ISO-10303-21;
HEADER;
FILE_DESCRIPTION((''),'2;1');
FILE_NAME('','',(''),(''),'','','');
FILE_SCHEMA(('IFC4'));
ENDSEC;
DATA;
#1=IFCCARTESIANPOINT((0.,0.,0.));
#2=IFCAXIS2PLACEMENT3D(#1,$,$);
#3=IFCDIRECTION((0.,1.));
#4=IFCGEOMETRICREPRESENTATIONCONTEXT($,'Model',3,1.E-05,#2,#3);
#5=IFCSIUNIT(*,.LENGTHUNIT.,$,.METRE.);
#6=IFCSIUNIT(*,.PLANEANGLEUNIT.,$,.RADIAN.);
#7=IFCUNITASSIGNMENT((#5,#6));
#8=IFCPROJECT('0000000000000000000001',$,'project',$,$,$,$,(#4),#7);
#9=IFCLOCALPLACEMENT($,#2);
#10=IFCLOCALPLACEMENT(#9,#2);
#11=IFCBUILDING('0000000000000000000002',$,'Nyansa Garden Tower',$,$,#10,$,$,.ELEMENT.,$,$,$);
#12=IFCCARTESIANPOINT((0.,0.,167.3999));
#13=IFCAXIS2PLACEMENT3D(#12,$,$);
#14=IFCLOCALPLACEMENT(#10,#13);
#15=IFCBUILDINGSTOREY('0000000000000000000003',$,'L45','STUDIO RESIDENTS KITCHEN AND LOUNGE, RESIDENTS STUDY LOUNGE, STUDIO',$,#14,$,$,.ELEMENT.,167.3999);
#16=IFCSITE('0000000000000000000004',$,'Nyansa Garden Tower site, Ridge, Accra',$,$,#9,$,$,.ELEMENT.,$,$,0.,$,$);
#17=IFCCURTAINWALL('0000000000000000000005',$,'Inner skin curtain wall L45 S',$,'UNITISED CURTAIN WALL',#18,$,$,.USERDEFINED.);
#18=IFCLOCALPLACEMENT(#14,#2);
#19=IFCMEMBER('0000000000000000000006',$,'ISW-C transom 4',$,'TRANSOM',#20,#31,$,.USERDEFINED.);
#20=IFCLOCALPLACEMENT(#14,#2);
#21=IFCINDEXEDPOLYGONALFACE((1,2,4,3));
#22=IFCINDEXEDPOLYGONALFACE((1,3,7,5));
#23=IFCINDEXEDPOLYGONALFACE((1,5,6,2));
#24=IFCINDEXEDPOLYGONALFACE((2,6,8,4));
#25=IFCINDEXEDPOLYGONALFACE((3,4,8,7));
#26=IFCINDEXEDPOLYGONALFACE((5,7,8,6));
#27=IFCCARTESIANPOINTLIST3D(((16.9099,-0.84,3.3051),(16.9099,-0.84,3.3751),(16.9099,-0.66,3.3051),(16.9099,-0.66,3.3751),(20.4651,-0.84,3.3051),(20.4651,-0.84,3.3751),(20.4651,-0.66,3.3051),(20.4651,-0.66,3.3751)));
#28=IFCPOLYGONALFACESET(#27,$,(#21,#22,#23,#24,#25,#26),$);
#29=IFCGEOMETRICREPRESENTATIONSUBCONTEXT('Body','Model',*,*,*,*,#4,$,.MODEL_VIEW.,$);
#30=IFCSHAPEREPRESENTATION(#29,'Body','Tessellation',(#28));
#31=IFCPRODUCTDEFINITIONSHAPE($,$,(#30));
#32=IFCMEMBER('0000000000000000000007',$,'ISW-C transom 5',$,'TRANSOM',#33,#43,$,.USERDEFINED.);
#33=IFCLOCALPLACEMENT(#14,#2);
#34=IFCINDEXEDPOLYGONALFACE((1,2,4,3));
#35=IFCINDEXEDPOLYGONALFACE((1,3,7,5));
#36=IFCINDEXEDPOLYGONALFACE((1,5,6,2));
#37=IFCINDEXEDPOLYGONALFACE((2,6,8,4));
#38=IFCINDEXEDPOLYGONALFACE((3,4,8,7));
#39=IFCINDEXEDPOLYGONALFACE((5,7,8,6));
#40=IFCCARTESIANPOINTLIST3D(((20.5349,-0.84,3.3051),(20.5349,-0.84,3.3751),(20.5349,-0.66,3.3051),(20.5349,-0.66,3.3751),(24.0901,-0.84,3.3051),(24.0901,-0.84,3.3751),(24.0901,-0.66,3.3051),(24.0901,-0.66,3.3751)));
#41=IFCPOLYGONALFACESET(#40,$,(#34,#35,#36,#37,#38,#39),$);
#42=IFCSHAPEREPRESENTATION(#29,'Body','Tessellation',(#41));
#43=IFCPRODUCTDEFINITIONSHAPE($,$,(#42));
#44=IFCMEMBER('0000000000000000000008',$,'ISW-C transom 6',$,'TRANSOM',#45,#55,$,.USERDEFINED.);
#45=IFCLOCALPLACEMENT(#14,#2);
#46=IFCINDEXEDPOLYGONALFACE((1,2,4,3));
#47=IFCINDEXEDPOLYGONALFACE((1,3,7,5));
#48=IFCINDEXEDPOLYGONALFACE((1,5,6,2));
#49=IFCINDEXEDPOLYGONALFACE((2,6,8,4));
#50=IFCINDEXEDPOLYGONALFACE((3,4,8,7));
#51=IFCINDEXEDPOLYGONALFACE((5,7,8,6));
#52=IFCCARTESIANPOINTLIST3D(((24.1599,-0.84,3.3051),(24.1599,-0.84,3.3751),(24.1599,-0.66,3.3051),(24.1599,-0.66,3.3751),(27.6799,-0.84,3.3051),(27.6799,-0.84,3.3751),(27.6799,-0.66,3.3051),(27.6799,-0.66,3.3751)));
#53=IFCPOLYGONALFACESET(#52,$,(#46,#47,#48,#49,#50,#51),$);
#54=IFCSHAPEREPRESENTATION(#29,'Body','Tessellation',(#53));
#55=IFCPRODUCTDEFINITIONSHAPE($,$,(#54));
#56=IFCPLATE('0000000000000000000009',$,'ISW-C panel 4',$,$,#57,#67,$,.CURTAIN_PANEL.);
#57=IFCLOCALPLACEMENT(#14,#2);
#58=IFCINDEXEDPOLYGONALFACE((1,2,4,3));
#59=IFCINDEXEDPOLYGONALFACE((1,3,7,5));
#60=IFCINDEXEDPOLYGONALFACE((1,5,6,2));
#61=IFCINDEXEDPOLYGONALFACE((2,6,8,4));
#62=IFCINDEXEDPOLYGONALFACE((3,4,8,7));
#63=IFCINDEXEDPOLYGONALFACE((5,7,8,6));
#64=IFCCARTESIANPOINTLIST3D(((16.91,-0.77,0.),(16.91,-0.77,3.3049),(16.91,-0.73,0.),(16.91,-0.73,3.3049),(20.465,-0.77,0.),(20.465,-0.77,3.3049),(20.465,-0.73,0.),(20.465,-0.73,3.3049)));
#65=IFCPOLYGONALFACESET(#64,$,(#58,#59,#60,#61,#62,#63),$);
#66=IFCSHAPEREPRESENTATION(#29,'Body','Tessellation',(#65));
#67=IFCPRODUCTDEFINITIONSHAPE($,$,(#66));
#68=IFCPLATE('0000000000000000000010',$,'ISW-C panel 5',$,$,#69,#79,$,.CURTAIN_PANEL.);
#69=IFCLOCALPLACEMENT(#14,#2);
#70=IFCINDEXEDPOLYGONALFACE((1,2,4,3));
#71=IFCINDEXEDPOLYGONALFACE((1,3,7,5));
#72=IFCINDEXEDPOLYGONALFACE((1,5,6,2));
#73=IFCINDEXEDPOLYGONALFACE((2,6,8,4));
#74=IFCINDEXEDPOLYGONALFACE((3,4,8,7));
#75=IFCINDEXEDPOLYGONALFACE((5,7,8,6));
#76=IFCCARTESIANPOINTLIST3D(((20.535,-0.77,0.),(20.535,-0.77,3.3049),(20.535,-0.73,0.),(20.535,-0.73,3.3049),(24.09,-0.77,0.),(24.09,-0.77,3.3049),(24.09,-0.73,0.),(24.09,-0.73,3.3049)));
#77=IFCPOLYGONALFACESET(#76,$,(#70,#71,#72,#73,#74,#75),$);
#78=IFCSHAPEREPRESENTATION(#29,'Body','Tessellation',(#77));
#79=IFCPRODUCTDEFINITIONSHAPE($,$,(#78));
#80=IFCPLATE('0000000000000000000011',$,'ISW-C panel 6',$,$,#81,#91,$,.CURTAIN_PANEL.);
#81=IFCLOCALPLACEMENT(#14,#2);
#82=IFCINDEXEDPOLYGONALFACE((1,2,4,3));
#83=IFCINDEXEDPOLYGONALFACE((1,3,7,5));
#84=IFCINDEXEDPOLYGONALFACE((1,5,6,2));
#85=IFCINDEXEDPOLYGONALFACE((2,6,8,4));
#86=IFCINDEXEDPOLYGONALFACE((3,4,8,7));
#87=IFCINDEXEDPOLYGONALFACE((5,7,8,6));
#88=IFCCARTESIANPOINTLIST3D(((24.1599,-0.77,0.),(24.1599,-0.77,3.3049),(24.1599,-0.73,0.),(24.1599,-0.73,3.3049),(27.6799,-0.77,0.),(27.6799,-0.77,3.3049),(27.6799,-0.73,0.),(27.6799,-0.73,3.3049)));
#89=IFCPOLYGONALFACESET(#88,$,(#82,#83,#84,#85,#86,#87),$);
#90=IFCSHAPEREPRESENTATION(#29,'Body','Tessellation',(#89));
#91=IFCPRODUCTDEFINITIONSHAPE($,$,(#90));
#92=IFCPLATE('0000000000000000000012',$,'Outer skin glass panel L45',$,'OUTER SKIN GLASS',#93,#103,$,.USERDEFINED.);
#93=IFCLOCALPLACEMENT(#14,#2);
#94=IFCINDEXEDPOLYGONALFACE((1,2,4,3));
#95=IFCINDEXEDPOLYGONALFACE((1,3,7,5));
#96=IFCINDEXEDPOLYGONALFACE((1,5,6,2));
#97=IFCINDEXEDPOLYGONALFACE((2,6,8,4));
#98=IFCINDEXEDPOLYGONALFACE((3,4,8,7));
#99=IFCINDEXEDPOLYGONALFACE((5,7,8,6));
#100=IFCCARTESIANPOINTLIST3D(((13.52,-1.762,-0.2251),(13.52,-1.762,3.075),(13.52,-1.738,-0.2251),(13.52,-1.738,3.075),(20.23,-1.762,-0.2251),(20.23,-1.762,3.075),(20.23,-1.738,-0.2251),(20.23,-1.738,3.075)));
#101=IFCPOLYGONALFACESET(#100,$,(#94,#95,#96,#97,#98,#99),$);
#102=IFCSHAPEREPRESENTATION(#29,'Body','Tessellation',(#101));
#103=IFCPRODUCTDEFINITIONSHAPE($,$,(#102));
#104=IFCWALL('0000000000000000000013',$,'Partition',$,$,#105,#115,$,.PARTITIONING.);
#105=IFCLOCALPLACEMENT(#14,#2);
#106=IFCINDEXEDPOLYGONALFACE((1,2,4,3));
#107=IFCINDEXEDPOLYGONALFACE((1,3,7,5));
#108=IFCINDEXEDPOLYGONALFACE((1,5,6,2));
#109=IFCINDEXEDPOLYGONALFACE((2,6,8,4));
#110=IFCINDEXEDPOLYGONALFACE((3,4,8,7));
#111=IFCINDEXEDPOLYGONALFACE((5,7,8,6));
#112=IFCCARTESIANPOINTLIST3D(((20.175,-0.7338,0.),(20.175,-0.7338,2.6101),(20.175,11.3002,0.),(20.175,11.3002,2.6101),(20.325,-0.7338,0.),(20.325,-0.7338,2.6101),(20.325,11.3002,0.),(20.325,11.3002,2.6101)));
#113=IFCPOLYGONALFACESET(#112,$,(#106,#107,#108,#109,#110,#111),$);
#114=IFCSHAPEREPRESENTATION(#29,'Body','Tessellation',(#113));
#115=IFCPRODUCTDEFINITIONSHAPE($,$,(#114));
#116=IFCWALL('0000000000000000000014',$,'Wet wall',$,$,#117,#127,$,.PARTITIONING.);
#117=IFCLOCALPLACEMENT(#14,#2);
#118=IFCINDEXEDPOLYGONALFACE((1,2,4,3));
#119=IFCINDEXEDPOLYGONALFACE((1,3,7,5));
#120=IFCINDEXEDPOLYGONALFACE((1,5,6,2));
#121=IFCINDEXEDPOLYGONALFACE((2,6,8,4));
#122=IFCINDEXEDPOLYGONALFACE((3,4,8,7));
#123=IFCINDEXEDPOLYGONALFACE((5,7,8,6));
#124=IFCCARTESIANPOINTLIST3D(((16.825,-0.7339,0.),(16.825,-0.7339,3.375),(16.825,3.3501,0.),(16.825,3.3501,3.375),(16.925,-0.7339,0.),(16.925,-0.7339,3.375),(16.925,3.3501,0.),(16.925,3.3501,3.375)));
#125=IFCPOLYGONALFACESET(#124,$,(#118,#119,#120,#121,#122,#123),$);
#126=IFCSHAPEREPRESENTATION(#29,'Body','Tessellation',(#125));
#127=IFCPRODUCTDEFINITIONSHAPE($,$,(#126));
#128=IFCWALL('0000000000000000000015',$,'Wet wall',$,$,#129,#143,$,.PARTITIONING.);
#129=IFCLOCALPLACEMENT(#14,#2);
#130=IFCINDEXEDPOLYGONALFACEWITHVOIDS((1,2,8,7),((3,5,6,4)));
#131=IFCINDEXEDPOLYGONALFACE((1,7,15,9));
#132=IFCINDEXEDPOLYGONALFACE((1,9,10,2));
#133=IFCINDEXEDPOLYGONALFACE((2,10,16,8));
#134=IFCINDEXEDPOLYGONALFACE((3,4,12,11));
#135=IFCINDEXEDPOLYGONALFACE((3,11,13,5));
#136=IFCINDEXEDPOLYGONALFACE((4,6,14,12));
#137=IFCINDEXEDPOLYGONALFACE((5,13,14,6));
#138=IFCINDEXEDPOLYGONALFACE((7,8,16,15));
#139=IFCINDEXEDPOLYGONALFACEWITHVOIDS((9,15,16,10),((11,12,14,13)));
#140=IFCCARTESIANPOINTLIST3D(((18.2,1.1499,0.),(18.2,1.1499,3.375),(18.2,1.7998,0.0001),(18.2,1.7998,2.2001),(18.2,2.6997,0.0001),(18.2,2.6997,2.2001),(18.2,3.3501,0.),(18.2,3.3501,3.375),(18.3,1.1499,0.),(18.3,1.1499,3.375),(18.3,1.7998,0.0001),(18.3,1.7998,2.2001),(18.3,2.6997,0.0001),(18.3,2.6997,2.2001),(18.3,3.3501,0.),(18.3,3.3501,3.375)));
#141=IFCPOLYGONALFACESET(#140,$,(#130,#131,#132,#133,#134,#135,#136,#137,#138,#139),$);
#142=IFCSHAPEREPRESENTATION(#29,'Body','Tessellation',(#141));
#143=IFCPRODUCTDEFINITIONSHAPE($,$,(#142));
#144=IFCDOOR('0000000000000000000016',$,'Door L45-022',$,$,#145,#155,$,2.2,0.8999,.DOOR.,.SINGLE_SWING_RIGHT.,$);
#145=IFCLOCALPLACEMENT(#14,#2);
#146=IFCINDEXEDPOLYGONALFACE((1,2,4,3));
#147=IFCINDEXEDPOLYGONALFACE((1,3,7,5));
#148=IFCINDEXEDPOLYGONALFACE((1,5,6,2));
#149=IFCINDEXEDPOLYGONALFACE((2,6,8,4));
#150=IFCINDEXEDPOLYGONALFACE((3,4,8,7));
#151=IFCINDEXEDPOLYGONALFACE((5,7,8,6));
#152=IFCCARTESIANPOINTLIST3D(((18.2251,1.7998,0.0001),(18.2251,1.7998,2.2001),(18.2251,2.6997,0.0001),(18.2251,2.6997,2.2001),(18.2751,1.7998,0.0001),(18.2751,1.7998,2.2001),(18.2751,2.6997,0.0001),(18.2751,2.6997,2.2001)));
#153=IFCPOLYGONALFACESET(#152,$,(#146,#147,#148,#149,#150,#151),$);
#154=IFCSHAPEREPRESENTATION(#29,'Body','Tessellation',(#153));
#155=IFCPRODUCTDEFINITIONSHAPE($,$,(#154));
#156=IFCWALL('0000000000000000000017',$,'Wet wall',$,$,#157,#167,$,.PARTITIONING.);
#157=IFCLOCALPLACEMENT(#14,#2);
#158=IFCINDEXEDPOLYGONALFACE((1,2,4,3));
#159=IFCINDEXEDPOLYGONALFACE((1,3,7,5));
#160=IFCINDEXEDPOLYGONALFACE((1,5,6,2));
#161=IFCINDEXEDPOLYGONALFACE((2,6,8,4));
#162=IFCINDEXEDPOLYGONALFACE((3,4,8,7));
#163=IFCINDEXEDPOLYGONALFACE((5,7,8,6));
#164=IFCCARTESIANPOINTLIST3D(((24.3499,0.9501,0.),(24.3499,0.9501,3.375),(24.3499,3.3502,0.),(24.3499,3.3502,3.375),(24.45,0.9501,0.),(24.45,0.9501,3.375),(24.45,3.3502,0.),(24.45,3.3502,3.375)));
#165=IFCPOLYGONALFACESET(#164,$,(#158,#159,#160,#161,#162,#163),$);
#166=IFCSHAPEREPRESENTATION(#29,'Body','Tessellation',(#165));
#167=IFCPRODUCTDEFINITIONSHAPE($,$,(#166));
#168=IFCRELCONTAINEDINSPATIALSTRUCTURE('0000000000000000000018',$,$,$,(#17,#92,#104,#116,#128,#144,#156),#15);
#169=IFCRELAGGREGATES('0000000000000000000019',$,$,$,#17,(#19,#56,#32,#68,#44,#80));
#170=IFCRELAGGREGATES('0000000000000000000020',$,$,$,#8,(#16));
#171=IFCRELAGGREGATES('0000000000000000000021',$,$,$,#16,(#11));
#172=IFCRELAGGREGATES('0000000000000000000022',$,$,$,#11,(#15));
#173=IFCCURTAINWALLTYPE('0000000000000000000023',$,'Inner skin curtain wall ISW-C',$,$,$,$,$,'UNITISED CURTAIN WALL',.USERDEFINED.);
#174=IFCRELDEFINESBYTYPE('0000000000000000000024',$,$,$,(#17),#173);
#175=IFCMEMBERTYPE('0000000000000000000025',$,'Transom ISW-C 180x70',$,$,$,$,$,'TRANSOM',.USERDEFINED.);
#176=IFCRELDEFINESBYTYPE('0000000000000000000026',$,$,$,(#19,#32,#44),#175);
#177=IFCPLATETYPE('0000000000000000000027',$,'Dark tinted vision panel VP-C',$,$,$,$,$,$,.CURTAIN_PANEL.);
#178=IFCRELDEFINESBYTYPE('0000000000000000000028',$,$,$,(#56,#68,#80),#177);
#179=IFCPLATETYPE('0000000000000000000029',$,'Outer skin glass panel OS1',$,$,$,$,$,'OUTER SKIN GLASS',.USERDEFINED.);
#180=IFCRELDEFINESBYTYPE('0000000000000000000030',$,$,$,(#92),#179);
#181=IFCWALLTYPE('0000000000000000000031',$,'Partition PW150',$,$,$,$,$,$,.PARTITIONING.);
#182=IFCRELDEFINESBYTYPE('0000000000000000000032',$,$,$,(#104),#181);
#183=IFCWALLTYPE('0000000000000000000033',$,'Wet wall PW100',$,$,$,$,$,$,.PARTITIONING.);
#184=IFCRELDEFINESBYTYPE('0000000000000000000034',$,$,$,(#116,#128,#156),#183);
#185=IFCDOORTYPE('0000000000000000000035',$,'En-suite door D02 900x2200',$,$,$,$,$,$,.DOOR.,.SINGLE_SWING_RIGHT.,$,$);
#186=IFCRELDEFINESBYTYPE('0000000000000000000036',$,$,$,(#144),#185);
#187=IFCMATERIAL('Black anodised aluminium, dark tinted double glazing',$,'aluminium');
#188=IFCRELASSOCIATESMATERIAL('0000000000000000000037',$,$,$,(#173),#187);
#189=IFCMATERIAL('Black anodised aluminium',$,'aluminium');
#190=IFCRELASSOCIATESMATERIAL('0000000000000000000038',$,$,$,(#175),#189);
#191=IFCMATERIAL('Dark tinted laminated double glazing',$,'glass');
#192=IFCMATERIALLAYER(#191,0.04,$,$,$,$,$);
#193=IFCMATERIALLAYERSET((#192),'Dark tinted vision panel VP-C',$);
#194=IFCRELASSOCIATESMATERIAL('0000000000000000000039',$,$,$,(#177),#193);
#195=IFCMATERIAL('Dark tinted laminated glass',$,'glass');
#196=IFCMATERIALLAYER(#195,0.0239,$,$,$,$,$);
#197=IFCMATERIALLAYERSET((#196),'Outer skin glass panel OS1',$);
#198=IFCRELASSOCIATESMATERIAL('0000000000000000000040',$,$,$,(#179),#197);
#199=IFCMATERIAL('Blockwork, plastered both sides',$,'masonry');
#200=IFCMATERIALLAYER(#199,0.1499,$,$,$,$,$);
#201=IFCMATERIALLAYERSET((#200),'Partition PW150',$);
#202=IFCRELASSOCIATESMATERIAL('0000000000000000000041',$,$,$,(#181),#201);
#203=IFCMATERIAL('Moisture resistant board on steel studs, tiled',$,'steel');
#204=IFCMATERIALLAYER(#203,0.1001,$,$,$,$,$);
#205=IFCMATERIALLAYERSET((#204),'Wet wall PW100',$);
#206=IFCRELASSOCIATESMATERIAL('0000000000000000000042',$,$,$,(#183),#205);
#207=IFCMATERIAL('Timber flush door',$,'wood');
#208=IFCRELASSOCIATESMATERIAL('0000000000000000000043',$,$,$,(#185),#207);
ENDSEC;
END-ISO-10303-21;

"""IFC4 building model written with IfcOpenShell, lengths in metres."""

from ifc_helpers import new_model, si_unit, direction, frame, frame_2d, origin, origin_2d, place, context, subcontext, project, spatial, rectangle, extrude, material, layer, layer_set, material_profile, profile_set, type_object, element, fill, aggregate, save


model = new_model("IFC4")

# Units and contexts
model_context = context("Model", 3, precision=1e-05, world=origin(), true_north=direction((0.0, 1.0)))
body_context = subcontext(model_context, "Body", "Model", "MODEL_VIEW")
ifc_project = project(units=[si_unit("LENGTHUNIT", "METRE"), si_unit("PLANEANGLEUNIT", "RADIAN")], contexts=[model_context])

# Site, building, storey
site_placement = place(None, origin())
site = spatial("IfcSite", under=ifc_project, at=site_placement, Name="Nyansa Garden Tower site, Ridge, Accra", CompositionType="ELEMENT", RefElevation=0.0)
building_placement = place(site_placement, origin())
building = spatial("IfcBuilding", under=site, at=building_placement, Name="Nyansa Garden Tower", CompositionType="ELEMENT")
storey_placement = place(building_placement, frame((0.0, 0.0, 167.3999)))
storey = spatial("IfcBuildingStorey", under=building, at=storey_placement, Name="L45", Description="STUDIO RESIDENTS KITCHEN AND LOUNGE, RESIDENTS STUDY LOUNGE, STUDIO", CompositionType="ELEMENT", Elevation=167.3999)

# Curtain wall
ifc_material_1 = material(Name="Black anodised aluminium, dark tinted double glazing", Category="aluminium")
curtain_wall_type = type_object("IfcCurtainWallType", Name="Inner skin curtain wall ISW-C", ElementType="UNITISED CURTAIN WALL", PredefinedType="USERDEFINED", material=ifc_material_1)
curtain_wall_placement = place(storey_placement, origin())
curtain_wall = element("IfcCurtainWall", 1, at=curtain_wall_placement, inside=storey, type_object=curtain_wall_type, Name="Inner skin curtain wall L45 S", ObjectType="UNITISED CURTAIN WALL", PredefinedType="USERDEFINED")

# Members
ifc_material_2 = material(Name="Black anodised aluminium", Category="aluminium")
ifc_material_profile_1 = material_profile(ifc_material_2, rectangle(XDim=0.1799, YDim=0.0701, at=origin_2d()), Name="Transom 180x70")
ifc_profile_set_1 = profile_set([ifc_material_profile_1], Name="Black anodised aluminium")
member_type_1 = type_object("IfcMemberType", Name="Transom ISW-C 180x70", ElementType="TRANSOM", PredefinedType="USERDEFINED", material=ifc_profile_set_1)
member_1_placement = place(storey_placement, frame((16.9099, -0.75, 3.3401), z_axis=(1.0, 0.0, 0.0), x_axis=(0.0, 1.0, 0.0)))
member_1 = element("IfcMember", 2, at=member_1_placement, type_object=member_type_1, Name="ISW-C transom 4", ObjectType="TRANSOM", PredefinedType="USERDEFINED", context=body_context, shape_type="SweptSolid", body=[
    extrude(rectangle(XDim=0.1799, YDim=0.0701, at=origin_2d()), origin(), (0.0, 0.0, 1.0), 3.5552),
])
member_2_placement = place(storey_placement, frame((20.5349, -0.75, 3.3401), z_axis=(1.0, 0.0, 0.0), x_axis=(0.0, 1.0, 0.0)))
member_2 = element("IfcMember", 3, at=member_2_placement, type_object=member_type_1, Name="ISW-C transom 5", ObjectType="TRANSOM", PredefinedType="USERDEFINED", context=body_context, shape_type="SweptSolid", body=[
    extrude(rectangle(XDim=0.1799, YDim=0.0701, at=origin_2d()), origin(), (0.0, 0.0, 1.0), 3.5552),
])
member_3_placement = place(storey_placement, frame((24.1599, -0.75, 3.3401), z_axis=(1.0, 0.0, 0.0), x_axis=(0.0, 1.0, 0.0)))
member_3 = element("IfcMember", 4, at=member_3_placement, type_object=member_type_1, Name="ISW-C transom 6", ObjectType="TRANSOM", PredefinedType="USERDEFINED", context=body_context, shape_type="SweptSolid", body=[
    extrude(rectangle(XDim=0.1799, YDim=0.0701, at=origin_2d()), origin(), (0.0, 0.0, 1.0), 3.52),
])

# Plates
ifc_material_3 = material(Name="Dark tinted laminated double glazing", Category="glass")
ifc_layer_1 = layer(ifc_material_3, 0.04)
ifc_layer_set_1 = layer_set([ifc_layer_1], Name="Dark tinted vision panel VP-C")
plate_type_1 = type_object("IfcPlateType", Name="Dark tinted vision panel VP-C", PredefinedType="CURTAIN_PANEL", material=ifc_layer_set_1)
plate_1_placement = place(storey_placement, frame((18.6875, -0.75, 0.0), z_axis=(0.0, 0.0, 1.0), x_axis=(1.0, 0.0, 0.0)))
plate_1 = element("IfcPlate", 5, at=plate_1_placement, type_object=plate_type_1, Name="ISW-C panel 4", PredefinedType="CURTAIN_PANEL", context=body_context, shape_type="SweptSolid", body=[
    extrude(rectangle(XDim=3.5549, YDim=0.04, at=origin_2d()), origin(), (0.0, 0.0, 1.0), 3.3049),
])
plate_2_placement = place(storey_placement, frame((22.3125, -0.75, 0.0), z_axis=(0.0, 0.0, 1.0), x_axis=(1.0, 0.0, 0.0)))
plate_2 = element("IfcPlate", 6, at=plate_2_placement, type_object=plate_type_1, Name="ISW-C panel 5", PredefinedType="CURTAIN_PANEL", context=body_context, shape_type="SweptSolid", body=[
    extrude(rectangle(XDim=3.5549, YDim=0.04, at=origin_2d()), origin(), (0.0, 0.0, 1.0), 3.3049),
])
plate_3_placement = place(storey_placement, frame((25.9199, -0.75, 0.0), z_axis=(0.0, 0.0, 1.0), x_axis=(1.0, 0.0, 0.0)))
plate_3 = element("IfcPlate", 7, at=plate_3_placement, type_object=plate_type_1, Name="ISW-C panel 6", PredefinedType="CURTAIN_PANEL", context=body_context, shape_type="SweptSolid", body=[
    extrude(rectangle(XDim=3.52, YDim=0.04, at=origin_2d()), origin(), (0.0, 0.0, 1.0), 3.3049),
])
aggregate(curtain_wall, [member_1, plate_1, member_2, plate_2, member_3, plate_3])
ifc_material_4 = material(Name="Dark tinted laminated glass", Category="glass")
ifc_layer_2 = layer(ifc_material_4, 0.0239)
ifc_layer_set_2 = layer_set([ifc_layer_2], Name="Outer skin glass panel OS1")
plate_type_2 = type_object("IfcPlateType", Name="Outer skin glass panel OS1", ElementType="OUTER SKIN GLASS", PredefinedType="USERDEFINED", material=ifc_layer_set_2)
plate_4_placement = place(storey_placement, frame((16.875, -1.75, -0.2251), z_axis=(0.0, 0.0, 1.0), x_axis=(1.0, 0.0, 0.0)))
element("IfcPlate", 8, at=plate_4_placement, inside=storey, type_object=plate_type_2, Name="Outer skin glass panel L45", ObjectType="OUTER SKIN GLASS", PredefinedType="USERDEFINED", context=body_context, shape_type="SweptSolid", body=[
    extrude(rectangle(XDim=6.71, YDim=0.0239, at=origin_2d()), origin(), (0.0, 0.0, 1.0), 3.3),
])

# Walls
ifc_material_5 = material(Name="Blockwork, plastered both sides", Category="masonry")
ifc_layer_3 = layer(ifc_material_5, 0.1499)
ifc_layer_set_3 = layer_set([ifc_layer_3], Name="Partition PW150")
wall_type_1 = type_object("IfcWallType", Name="Partition PW150", PredefinedType="PARTITIONING", material=ifc_layer_set_3)
wall_1_placement = place(storey_placement, frame((20.25, -0.7339, 0.0), z_axis=(0.0, 0.0, 1.0), x_axis=(0.0, 1.0, 0.0)))
element("IfcWall", 9, at=wall_1_placement, inside=storey, type_object=wall_type_1, Name="Partition", PredefinedType="PARTITIONING", context=body_context, shape_type="SweptSolid", body=[
    extrude(rectangle(XDim=12.0339, YDim=0.1499, at=frame_2d((6.0171, 0.0))), origin(), (0.0, 0.0, 1.0), 2.6101),
])
ifc_material_6 = material(Name="Moisture resistant board on steel studs, tiled", Category="steel")
ifc_layer_4 = layer(ifc_material_6, 0.1001)
ifc_layer_set_4 = layer_set([ifc_layer_4], Name="Wet wall PW100")
wall_type_2 = type_object("IfcWallType", Name="Wet wall PW100", PredefinedType="PARTITIONING", material=ifc_layer_set_4)
wall_2_placement = place(storey_placement, frame((16.875, -0.7339, 0.0), z_axis=(0.0, 0.0, 1.0), x_axis=(0.0, 1.0, 0.0)))
element("IfcWall", 10, at=wall_2_placement, inside=storey, type_object=wall_type_2, Name="Wet wall", PredefinedType="PARTITIONING", context=body_context, shape_type="SweptSolid", body=[
    extrude(rectangle(XDim=4.084, YDim=0.1001, at=frame_2d((2.042, 0.0))), origin(), (0.0, 0.0, 1.0), 3.375),
])

# Wall, opening, door
wall_3_placement = place(storey_placement, frame((18.25, 1.1499, 0.0), z_axis=(0.0, 0.0, 1.0), x_axis=(0.0, 1.0, 0.0)))
wall_3 = element("IfcWall", 11, at=wall_3_placement, inside=storey, type_object=wall_type_2, Name="Wet wall", PredefinedType="PARTITIONING", context=body_context, shape_type="SweptSolid", body=[
    extrude(rectangle(XDim=2.2002, YDim=0.1001, at=frame_2d((1.1001, 0.0))), origin(), (0.0, 0.0, 1.0), 3.375),
])
opening_1_placement = place(wall_3_placement, frame((0.6499, 0.0, 0.0)))
opening_1 = element("IfcOpeningElement", 12, at=opening_1_placement, cuts=wall_3, PredefinedType="OPENING", context=body_context, shape_type="SweptSolid", body=[
    extrude(rectangle(XDim=0.8999, YDim=2.2, at=frame_2d((0.45, 1.1001))), frame((0.0, 0.0601, 0.0), z_axis=(0.0, -1.0, 0.0), x_axis=(1.0, 0.0, 0.0)), (0.0, 0.0, 1.0), 0.1201),
])
ifc_material_7 = material(Name="Timber flush door", Category="wood")
door_type = type_object("IfcDoorType", Name="En-suite door D02 900x2200", OperationType="SINGLE_SWING_RIGHT", PredefinedType="DOOR", material=ifc_material_7)
door_1_placement = place(opening_1_placement, origin())
door_1 = element("IfcDoor", 13, at=door_1_placement, inside=storey, type_object=door_type, Name="Door L45-022", OperationType="SINGLE_SWING_RIGHT", OverallHeight=2.2, OverallWidth=0.8999, PredefinedType="DOOR", context=body_context, shape_type="SweptSolid", body=[
    extrude(rectangle(XDim=0.8999, YDim=2.2, at=frame_2d((0.45, 1.1001))), frame((0.0, 0.0249, 0.0), z_axis=(0.0, -1.0, 0.0), x_axis=(1.0, 0.0, 0.0)), (0.0, 0.0, 1.0), 0.05),
])
fill(opening_1, door_1)

# Wall
wall_4_placement = place(storey_placement, frame((24.3999, 0.95, 0.0), z_axis=(0.0, 0.0, 1.0), x_axis=(0.0, 1.0, 0.0)))
element("IfcWall", 14, at=wall_4_placement, inside=storey, type_object=wall_type_2, Name="Wet wall", PredefinedType="PARTITIONING", context=body_context, shape_type="SweptSolid", body=[
    extrude(rectangle(XDim=2.4001, YDim=0.1001, at=frame_2d((1.2002, 0.0))), origin(), (0.0, 0.0, 1.0), 3.375),
])

save(model, "model.ifc")
